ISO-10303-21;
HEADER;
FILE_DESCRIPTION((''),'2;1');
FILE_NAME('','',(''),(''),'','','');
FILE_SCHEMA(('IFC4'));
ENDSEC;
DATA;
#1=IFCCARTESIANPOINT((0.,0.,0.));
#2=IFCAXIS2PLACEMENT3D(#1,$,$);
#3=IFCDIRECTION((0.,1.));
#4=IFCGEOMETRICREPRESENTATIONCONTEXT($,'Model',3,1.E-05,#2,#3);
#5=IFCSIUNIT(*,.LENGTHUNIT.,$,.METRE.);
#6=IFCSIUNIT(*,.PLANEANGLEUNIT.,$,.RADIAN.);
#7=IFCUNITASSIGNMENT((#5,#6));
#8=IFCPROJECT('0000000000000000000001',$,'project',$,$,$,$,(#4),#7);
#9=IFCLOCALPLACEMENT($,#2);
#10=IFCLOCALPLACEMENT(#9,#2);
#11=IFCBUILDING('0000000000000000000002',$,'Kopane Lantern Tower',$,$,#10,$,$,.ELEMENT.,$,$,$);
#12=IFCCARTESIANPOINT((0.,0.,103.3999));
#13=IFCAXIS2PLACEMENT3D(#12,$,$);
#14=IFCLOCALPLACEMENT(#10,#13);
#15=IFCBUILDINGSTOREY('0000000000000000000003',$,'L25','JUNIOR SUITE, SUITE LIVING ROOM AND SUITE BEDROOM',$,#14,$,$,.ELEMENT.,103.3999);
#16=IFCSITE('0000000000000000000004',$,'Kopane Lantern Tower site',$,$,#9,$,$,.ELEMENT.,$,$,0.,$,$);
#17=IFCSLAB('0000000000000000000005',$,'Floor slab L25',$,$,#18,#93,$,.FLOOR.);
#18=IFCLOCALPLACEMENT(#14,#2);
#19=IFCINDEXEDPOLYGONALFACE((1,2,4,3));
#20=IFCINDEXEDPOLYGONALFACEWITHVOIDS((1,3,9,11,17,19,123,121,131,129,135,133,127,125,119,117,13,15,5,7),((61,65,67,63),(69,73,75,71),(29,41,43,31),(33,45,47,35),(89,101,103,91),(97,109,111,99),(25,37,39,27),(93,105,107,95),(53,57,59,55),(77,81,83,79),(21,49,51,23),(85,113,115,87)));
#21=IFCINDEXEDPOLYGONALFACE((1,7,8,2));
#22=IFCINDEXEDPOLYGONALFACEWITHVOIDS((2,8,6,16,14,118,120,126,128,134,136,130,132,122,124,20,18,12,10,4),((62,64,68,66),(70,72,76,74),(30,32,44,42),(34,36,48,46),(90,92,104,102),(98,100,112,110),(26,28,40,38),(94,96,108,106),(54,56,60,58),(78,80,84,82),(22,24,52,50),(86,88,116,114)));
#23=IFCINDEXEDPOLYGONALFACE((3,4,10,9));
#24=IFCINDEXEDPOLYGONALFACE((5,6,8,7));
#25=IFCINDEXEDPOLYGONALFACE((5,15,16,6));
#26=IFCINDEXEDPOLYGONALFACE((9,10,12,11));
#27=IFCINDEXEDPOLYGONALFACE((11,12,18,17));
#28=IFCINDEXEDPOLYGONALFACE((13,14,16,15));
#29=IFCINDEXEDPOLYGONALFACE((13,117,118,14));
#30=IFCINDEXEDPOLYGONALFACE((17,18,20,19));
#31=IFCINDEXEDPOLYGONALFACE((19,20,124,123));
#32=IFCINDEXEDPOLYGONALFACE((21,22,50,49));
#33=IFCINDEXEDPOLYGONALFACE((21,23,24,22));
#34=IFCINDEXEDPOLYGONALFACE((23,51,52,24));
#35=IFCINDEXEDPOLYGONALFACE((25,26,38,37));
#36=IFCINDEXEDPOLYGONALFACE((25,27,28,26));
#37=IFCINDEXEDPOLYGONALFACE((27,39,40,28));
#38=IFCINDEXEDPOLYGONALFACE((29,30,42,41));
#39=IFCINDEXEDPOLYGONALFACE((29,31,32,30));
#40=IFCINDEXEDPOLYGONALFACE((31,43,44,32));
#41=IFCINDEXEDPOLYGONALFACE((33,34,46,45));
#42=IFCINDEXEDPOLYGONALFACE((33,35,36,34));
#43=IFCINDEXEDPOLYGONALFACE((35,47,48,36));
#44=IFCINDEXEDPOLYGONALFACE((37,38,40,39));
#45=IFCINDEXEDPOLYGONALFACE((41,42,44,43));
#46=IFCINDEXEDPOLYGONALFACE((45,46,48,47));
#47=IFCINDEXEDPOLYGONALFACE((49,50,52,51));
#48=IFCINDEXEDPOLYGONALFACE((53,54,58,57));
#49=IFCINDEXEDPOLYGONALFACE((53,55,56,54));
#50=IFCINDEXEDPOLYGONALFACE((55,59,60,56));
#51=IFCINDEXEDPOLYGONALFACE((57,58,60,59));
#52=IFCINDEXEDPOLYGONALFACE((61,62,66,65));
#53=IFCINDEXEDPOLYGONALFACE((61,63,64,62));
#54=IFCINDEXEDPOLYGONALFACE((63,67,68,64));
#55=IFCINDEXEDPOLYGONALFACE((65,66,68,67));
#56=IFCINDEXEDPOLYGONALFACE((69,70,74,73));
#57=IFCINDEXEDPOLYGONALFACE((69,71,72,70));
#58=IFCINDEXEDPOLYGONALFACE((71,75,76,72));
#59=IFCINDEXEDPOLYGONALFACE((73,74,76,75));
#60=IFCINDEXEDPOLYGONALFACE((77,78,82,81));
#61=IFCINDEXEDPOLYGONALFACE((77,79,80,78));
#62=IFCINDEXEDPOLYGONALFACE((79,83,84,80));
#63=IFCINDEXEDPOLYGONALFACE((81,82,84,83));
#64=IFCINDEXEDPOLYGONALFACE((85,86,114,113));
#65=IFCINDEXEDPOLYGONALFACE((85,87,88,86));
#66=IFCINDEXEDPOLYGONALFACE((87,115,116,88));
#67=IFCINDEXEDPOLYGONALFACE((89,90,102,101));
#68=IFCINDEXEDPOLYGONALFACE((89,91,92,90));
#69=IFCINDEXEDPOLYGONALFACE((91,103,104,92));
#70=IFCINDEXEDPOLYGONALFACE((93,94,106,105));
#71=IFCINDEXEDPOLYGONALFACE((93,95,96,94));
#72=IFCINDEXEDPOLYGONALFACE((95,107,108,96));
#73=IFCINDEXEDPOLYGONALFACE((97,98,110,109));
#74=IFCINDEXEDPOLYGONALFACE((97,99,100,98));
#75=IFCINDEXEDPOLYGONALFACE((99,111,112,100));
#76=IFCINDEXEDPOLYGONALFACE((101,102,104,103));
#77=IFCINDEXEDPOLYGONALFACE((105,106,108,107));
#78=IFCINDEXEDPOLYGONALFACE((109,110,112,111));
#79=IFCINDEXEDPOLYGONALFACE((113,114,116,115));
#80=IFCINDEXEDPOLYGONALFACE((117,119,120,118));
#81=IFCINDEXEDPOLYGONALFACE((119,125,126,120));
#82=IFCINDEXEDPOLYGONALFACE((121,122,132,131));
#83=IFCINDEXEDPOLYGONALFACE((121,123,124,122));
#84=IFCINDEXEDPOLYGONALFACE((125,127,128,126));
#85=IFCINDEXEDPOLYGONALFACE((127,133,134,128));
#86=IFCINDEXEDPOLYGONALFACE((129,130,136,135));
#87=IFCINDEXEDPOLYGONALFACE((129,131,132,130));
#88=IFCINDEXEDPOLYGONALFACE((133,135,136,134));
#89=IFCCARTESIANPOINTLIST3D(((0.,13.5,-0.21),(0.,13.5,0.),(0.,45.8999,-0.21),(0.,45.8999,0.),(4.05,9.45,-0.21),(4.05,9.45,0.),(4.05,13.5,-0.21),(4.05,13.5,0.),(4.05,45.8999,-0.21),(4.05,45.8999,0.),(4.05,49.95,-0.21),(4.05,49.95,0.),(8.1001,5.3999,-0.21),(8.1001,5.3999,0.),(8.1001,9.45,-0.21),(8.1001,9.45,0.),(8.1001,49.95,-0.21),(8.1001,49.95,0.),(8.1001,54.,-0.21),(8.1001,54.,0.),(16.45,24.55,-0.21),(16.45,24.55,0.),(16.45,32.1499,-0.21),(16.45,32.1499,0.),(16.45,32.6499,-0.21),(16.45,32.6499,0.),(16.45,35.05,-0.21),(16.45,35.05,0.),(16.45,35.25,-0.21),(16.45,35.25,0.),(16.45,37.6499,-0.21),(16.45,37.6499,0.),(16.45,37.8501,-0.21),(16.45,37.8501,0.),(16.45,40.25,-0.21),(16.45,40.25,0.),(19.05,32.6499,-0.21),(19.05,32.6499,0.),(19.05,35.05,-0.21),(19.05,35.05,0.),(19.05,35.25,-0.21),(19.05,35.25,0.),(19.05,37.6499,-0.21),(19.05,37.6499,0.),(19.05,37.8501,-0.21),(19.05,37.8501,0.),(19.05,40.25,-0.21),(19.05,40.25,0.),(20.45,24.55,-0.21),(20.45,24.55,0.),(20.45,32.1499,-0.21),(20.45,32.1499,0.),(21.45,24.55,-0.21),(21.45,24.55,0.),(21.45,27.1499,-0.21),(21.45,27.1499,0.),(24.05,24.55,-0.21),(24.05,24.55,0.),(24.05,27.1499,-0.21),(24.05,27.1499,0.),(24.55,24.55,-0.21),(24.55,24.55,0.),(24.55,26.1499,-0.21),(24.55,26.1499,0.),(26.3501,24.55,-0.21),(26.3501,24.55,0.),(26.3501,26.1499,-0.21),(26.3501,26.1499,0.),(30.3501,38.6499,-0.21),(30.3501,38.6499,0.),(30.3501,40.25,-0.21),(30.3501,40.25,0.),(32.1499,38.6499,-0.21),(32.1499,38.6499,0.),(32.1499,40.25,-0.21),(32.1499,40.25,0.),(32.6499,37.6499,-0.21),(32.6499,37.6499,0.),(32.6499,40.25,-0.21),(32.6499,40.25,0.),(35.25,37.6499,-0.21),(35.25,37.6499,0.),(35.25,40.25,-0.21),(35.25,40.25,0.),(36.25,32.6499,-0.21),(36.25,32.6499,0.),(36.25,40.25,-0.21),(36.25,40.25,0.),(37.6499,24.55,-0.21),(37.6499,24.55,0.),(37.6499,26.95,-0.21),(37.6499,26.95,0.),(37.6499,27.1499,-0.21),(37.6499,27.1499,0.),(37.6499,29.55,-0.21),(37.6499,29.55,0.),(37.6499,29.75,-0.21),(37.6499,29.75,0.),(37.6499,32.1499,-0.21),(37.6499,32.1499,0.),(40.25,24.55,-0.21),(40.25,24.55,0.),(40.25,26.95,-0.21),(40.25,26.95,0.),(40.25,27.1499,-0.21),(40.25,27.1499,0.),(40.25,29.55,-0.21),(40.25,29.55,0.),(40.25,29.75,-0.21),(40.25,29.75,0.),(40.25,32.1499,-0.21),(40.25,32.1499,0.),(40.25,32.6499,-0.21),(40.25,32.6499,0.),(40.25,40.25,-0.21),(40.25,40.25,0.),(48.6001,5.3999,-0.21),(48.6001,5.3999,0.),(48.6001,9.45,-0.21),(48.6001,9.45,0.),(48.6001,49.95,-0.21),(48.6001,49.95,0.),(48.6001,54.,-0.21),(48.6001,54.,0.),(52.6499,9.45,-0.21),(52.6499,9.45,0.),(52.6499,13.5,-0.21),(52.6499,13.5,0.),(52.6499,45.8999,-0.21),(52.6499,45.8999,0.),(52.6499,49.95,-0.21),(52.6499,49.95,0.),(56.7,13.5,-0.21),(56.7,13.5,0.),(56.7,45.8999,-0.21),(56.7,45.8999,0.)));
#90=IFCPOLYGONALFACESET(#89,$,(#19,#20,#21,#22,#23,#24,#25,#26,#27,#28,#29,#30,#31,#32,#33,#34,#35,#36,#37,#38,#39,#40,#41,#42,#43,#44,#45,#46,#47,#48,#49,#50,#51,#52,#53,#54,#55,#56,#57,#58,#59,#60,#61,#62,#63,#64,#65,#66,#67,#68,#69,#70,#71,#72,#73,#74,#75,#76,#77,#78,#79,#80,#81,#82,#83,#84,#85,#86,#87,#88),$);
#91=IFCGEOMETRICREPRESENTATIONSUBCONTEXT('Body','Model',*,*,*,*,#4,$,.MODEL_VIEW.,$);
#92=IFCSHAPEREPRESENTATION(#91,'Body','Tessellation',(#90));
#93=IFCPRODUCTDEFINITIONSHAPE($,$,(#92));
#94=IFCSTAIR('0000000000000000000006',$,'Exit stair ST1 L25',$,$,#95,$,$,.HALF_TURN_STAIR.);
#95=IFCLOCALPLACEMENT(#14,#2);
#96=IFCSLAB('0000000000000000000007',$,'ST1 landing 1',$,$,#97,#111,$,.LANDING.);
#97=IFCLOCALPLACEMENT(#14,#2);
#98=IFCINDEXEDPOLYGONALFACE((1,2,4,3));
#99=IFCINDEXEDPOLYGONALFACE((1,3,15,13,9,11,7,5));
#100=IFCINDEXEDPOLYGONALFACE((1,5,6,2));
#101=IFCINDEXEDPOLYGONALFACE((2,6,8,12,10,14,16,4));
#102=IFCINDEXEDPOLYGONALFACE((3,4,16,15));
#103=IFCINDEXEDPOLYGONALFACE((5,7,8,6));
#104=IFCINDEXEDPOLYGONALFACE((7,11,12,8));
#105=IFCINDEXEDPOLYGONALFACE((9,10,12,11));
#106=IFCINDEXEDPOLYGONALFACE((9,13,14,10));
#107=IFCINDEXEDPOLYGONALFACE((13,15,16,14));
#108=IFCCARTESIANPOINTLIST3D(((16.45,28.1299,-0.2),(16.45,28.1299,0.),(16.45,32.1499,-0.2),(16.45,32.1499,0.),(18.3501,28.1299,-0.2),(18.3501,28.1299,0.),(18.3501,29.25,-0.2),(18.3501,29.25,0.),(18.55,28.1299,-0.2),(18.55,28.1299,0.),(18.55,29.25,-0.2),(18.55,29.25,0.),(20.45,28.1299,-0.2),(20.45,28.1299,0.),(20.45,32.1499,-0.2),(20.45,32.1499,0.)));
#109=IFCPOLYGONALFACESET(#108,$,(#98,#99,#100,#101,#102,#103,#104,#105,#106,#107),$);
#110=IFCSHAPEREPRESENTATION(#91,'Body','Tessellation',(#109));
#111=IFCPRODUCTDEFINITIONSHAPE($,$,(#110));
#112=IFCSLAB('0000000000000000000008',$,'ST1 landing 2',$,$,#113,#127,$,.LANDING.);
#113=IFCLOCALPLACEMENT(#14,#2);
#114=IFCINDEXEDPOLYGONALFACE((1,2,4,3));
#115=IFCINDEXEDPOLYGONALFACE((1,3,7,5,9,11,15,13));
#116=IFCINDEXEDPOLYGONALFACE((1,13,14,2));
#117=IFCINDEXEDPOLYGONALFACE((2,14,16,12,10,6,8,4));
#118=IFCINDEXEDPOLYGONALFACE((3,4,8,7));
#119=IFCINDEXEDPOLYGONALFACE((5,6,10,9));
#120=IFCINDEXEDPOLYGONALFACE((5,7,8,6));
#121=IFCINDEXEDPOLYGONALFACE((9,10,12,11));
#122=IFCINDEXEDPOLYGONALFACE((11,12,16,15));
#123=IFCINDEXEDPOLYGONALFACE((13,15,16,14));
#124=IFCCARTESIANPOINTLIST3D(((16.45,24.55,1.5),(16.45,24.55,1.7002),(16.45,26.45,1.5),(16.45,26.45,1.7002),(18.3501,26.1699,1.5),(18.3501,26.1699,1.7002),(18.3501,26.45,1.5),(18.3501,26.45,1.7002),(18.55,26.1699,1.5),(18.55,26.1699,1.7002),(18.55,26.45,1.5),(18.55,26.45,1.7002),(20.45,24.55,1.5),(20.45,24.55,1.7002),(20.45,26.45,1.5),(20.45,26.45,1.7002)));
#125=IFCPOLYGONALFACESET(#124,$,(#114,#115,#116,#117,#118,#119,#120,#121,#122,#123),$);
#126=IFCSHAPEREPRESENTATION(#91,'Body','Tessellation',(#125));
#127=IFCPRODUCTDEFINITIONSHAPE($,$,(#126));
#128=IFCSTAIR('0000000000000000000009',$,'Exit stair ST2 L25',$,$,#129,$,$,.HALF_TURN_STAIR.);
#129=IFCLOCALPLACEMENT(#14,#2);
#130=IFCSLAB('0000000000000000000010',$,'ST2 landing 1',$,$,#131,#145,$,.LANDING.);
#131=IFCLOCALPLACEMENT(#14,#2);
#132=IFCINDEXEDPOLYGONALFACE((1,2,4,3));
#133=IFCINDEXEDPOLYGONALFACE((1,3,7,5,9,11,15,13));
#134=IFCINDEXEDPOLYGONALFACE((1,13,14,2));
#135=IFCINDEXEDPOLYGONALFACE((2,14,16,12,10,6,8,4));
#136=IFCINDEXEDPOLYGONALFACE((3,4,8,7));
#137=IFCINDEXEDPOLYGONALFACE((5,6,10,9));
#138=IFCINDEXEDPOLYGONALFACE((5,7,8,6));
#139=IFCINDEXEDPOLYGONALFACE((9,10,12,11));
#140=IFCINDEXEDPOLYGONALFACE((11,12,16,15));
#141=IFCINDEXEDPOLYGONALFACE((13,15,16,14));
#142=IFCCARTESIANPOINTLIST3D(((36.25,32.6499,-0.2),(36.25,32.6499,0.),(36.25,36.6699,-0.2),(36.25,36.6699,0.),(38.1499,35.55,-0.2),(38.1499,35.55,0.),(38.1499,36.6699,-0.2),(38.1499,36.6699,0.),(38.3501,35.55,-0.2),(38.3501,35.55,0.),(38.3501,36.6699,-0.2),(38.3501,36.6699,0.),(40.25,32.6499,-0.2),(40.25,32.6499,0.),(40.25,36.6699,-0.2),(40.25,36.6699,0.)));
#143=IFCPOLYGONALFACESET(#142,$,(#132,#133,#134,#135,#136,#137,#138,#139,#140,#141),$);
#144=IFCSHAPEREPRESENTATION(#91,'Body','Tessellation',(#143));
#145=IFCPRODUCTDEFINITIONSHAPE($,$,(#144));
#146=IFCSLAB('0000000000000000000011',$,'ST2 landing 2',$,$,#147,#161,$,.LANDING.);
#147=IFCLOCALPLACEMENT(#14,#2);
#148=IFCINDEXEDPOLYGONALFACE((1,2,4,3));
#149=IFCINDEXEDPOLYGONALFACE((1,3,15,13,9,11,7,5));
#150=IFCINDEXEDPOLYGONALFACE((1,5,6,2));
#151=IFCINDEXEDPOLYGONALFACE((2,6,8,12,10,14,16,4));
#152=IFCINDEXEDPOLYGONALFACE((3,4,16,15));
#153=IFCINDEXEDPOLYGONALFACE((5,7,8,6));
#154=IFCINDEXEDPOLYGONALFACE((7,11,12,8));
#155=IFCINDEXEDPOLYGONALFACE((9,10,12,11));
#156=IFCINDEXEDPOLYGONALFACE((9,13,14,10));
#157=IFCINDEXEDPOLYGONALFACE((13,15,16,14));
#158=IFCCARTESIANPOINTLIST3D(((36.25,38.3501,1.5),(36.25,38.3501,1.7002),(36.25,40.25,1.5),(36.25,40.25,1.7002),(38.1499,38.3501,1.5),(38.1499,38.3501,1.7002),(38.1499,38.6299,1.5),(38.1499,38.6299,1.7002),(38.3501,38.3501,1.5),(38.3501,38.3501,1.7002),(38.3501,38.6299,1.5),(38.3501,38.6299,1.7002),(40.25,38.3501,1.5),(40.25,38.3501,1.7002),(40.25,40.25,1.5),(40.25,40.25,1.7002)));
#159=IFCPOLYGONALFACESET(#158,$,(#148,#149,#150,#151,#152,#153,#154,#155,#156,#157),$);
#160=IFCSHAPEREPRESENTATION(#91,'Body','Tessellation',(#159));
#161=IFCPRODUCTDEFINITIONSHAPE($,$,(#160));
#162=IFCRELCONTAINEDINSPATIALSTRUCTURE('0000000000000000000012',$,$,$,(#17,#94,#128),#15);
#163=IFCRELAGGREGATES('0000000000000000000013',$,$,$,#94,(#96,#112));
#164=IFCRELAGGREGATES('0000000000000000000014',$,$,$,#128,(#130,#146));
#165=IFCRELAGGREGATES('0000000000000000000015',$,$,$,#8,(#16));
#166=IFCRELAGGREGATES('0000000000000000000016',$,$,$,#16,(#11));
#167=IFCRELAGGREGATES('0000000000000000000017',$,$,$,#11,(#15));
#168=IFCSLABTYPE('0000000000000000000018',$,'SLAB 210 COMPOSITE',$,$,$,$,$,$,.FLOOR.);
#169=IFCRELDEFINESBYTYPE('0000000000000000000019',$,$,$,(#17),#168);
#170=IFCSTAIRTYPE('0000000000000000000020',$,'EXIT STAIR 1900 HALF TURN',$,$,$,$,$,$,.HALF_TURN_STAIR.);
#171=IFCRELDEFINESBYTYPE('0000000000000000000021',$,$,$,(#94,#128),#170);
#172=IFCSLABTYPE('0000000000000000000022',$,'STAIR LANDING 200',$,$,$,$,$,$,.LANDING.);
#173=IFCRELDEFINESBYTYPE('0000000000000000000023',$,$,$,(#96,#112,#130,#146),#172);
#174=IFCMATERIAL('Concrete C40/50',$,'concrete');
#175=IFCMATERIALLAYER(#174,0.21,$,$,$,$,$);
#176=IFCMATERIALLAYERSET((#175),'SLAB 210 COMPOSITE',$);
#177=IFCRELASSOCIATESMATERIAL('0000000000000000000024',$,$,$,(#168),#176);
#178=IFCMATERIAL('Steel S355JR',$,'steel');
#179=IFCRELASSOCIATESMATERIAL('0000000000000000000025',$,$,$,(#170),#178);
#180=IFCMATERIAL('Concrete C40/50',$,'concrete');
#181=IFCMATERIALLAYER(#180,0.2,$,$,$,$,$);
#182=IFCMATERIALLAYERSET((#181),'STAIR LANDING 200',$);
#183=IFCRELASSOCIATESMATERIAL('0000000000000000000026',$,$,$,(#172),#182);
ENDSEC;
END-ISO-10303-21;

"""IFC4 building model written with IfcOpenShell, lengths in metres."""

from ifc_helpers import new_model, si_unit, direction, frame, origin, place, context, subcontext, project, spatial, polyline, outline, extrude, material, layer, layer_set, type_object, element, aggregate, save


model = new_model("IFC4")

# Units and contexts
model_context = context("Model", 3, precision=1e-05, world=origin(), true_north=direction((0.0, 1.0)))
body_context = subcontext(model_context, "Body", "Model", "MODEL_VIEW")
ifc_project = project(units=[si_unit("LENGTHUNIT", "METRE"), si_unit("PLANEANGLEUNIT", "RADIAN")], contexts=[model_context])

# Site, building, storey
site_placement = place(None, origin())
site = spatial("IfcSite", under=ifc_project, at=site_placement, Name="Kopane Lantern Tower site", CompositionType="ELEMENT", RefElevation=0.0)
building_placement = place(site_placement, origin())
building = spatial("IfcBuilding", under=site, at=building_placement, Name="Kopane Lantern Tower", CompositionType="ELEMENT")
storey_placement = place(building_placement, frame((0.0, 0.0, 103.3999)))
storey = spatial("IfcBuildingStorey", under=building, at=storey_placement, Name="L25", Description="JUNIOR SUITE, SUITE LIVING ROOM AND SUITE BEDROOM", CompositionType="ELEMENT", Elevation=103.3999)

# Slab
ifc_material_1 = material(Name="Concrete C40/50", Category="concrete")
ifc_layer_1 = layer(ifc_material_1, 0.21)
ifc_layer_set_1 = layer_set([ifc_layer_1], Name="SLAB 210 COMPOSITE")
slab_type_1 = type_object("IfcSlabType", Name="SLAB 210 COMPOSITE", PredefinedType="FLOOR", material=ifc_layer_set_1)
slab_1_placement = place(storey_placement, frame((0.0, 0.0, -0.21)))
element("IfcSlab", 1, at=slab_1_placement, inside=storey, type_object=slab_type_1, Name="Floor slab L25", PredefinedType="FLOOR", context=body_context, shape_type="SweptSolid", body=[
    extrude(outline(polyline([(8.1001, 5.3999), (48.6001, 5.3999), (48.6001, 9.45), (52.6499, 9.45), (52.6499, 13.5), (56.7, 13.5), (56.7, 45.8999), (52.6499, 45.8999), (52.6499, 49.95), (48.6001, 49.95), (48.6001, 54.0), (8.1001, 54.0), (8.1001, 49.95), (4.05, 49.95), (4.05, 45.8999), (0.0, 45.8999), (0.0, 13.5), (4.05, 13.5), (4.05, 9.45), (8.1001, 9.45), (8.1001, 5.3999)]), holes=[polyline([(16.45, 24.55), (20.45, 24.55), (20.45, 32.1499), (16.45, 32.1499), (16.45, 24.55)]), polyline([(36.25, 32.6499), (40.25, 32.6499), (40.25, 40.25), (36.25, 40.25), (36.25, 32.6499)]), polyline([(16.45, 32.6499), (19.05, 32.6499), (19.05, 35.05), (16.45, 35.05), (16.45, 32.6499)]), polyline([(16.45, 35.25), (19.05, 35.25), (19.05, 37.6499), (16.45, 37.6499), (16.45, 35.25)]), polyline([(16.45, 37.8501), (19.05, 37.8501), (19.05, 40.25), (16.45, 40.25), (16.45, 37.8501)]), polyline([(37.6499, 24.55), (40.25, 24.55), (40.25, 26.95), (37.6499, 26.95), (37.6499, 24.55)]), polyline([(37.6499, 27.1499), (40.25, 27.1499), (40.25, 29.55), (37.6499, 29.55), (37.6499, 27.1499)]), polyline([(37.6499, 29.75), (40.25, 29.75), (40.25, 32.1499), (37.6499, 32.1499), (37.6499, 29.75)]), polyline([(21.45, 24.55), (24.05, 24.55), (24.05, 27.1499), (21.45, 27.1499), (21.45, 24.55)]), polyline([(32.6499, 37.6499), (35.25, 37.6499), (35.25, 40.25), (32.6499, 40.25), (32.6499, 37.6499)]), polyline([(24.55, 24.55), (26.3501, 24.55), (26.3501, 26.1499), (24.55, 26.1499), (24.55, 24.55)]), polyline([(30.3501, 38.6499), (32.1499, 38.6499), (32.1499, 40.25), (30.3501, 40.25), (30.3501, 38.6499)])]), origin(), (0.0, 0.0, 1.0), 0.21),
])

# Stairs, slabs
ifc_material_2 = material(Name="Steel S355JR", Category="steel")
stair_type = type_object("IfcStairType", Name="EXIT STAIR 1900 HALF TURN", PredefinedType="HALF_TURN_STAIR", material=ifc_material_2)
stair_1_placement = place(storey_placement, origin())
stair_1 = element("IfcStair", 2, at=stair_1_placement, inside=storey, type_object=stair_type, Name="Exit stair ST1 L25", PredefinedType="HALF_TURN_STAIR")
ifc_material_3 = material(Name="Concrete C40/50", Category="concrete")
ifc_layer_2 = layer(ifc_material_3, 0.2)
ifc_layer_set_2 = layer_set([ifc_layer_2], Name="STAIR LANDING 200")
slab_type_2 = type_object("IfcSlabType", Name="STAIR LANDING 200", PredefinedType="LANDING", material=ifc_layer_set_2)
slab_2_placement = place(storey_placement, frame((0.0, 0.0, -0.2)))
slab_2 = element("IfcSlab", 3, at=slab_2_placement, type_object=slab_type_2, Name="ST1 landing 1", PredefinedType="LANDING", context=body_context, shape_type="SweptSolid", body=[
    extrude(outline(polyline([(18.3501, 29.25), (18.55, 29.25), (18.55, 28.1299), (20.45, 28.1299), (20.45, 32.1499), (16.45, 32.1499), (16.45, 28.1299), (18.3501, 28.1299), (18.3501, 29.25)])), origin(), (0.0, 0.0, 1.0), 0.2),
])
slab_3_placement = place(storey_placement, frame((0.0, 0.0, 1.5)))
slab_3 = element("IfcSlab", 4, at=slab_3_placement, type_object=slab_type_2, Name="ST1 landing 2", PredefinedType="LANDING", context=body_context, shape_type="SweptSolid", body=[
    extrude(outline(polyline([(20.45, 26.45), (18.55, 26.45), (18.55, 26.1699), (18.3501, 26.1699), (18.3501, 26.45), (16.45, 26.45), (16.45, 24.55), (20.45, 24.55), (20.45, 26.45)])), origin(), (0.0, 0.0, 1.0), 0.2002),
])
aggregate(stair_1, [slab_2, slab_3])
stair_2_placement = place(storey_placement, origin())
stair_2 = element("IfcStair", 5, at=stair_2_placement, inside=storey, type_object=stair_type, Name="Exit stair ST2 L25", PredefinedType="HALF_TURN_STAIR")
slab_4_placement = place(storey_placement, frame((0.0, 0.0, -0.2)))
slab_4 = element("IfcSlab", 6, at=slab_4_placement, type_object=slab_type_2, Name="ST2 landing 1", PredefinedType="LANDING", context=body_context, shape_type="SweptSolid", body=[
    extrude(outline(polyline([(40.25, 36.6699), (38.3501, 36.6699), (38.3501, 35.55), (38.1499, 35.55), (38.1499, 36.6699), (36.25, 36.6699), (36.25, 32.6499), (40.25, 32.6499), (40.25, 36.6699)])), origin(), (0.0, 0.0, 1.0), 0.2),
])
slab_5_placement = place(storey_placement, frame((0.0, 0.0, 1.5)))
slab_5 = element("IfcSlab", 7, at=slab_5_placement, type_object=slab_type_2, Name="ST2 landing 2", PredefinedType="LANDING", context=body_context, shape_type="SweptSolid", body=[
    extrude(outline(polyline([(38.1499, 38.6299), (38.3501, 38.6299), (38.3501, 38.3501), (40.25, 38.3501), (40.25, 40.25), (36.25, 40.25), (36.25, 38.3501), (38.1499, 38.3501), (38.1499, 38.6299)])), origin(), (0.0, 0.0, 1.0), 0.2002),
])
aggregate(stair_2, [slab_4, slab_5])

save(model, "model.ifc")
